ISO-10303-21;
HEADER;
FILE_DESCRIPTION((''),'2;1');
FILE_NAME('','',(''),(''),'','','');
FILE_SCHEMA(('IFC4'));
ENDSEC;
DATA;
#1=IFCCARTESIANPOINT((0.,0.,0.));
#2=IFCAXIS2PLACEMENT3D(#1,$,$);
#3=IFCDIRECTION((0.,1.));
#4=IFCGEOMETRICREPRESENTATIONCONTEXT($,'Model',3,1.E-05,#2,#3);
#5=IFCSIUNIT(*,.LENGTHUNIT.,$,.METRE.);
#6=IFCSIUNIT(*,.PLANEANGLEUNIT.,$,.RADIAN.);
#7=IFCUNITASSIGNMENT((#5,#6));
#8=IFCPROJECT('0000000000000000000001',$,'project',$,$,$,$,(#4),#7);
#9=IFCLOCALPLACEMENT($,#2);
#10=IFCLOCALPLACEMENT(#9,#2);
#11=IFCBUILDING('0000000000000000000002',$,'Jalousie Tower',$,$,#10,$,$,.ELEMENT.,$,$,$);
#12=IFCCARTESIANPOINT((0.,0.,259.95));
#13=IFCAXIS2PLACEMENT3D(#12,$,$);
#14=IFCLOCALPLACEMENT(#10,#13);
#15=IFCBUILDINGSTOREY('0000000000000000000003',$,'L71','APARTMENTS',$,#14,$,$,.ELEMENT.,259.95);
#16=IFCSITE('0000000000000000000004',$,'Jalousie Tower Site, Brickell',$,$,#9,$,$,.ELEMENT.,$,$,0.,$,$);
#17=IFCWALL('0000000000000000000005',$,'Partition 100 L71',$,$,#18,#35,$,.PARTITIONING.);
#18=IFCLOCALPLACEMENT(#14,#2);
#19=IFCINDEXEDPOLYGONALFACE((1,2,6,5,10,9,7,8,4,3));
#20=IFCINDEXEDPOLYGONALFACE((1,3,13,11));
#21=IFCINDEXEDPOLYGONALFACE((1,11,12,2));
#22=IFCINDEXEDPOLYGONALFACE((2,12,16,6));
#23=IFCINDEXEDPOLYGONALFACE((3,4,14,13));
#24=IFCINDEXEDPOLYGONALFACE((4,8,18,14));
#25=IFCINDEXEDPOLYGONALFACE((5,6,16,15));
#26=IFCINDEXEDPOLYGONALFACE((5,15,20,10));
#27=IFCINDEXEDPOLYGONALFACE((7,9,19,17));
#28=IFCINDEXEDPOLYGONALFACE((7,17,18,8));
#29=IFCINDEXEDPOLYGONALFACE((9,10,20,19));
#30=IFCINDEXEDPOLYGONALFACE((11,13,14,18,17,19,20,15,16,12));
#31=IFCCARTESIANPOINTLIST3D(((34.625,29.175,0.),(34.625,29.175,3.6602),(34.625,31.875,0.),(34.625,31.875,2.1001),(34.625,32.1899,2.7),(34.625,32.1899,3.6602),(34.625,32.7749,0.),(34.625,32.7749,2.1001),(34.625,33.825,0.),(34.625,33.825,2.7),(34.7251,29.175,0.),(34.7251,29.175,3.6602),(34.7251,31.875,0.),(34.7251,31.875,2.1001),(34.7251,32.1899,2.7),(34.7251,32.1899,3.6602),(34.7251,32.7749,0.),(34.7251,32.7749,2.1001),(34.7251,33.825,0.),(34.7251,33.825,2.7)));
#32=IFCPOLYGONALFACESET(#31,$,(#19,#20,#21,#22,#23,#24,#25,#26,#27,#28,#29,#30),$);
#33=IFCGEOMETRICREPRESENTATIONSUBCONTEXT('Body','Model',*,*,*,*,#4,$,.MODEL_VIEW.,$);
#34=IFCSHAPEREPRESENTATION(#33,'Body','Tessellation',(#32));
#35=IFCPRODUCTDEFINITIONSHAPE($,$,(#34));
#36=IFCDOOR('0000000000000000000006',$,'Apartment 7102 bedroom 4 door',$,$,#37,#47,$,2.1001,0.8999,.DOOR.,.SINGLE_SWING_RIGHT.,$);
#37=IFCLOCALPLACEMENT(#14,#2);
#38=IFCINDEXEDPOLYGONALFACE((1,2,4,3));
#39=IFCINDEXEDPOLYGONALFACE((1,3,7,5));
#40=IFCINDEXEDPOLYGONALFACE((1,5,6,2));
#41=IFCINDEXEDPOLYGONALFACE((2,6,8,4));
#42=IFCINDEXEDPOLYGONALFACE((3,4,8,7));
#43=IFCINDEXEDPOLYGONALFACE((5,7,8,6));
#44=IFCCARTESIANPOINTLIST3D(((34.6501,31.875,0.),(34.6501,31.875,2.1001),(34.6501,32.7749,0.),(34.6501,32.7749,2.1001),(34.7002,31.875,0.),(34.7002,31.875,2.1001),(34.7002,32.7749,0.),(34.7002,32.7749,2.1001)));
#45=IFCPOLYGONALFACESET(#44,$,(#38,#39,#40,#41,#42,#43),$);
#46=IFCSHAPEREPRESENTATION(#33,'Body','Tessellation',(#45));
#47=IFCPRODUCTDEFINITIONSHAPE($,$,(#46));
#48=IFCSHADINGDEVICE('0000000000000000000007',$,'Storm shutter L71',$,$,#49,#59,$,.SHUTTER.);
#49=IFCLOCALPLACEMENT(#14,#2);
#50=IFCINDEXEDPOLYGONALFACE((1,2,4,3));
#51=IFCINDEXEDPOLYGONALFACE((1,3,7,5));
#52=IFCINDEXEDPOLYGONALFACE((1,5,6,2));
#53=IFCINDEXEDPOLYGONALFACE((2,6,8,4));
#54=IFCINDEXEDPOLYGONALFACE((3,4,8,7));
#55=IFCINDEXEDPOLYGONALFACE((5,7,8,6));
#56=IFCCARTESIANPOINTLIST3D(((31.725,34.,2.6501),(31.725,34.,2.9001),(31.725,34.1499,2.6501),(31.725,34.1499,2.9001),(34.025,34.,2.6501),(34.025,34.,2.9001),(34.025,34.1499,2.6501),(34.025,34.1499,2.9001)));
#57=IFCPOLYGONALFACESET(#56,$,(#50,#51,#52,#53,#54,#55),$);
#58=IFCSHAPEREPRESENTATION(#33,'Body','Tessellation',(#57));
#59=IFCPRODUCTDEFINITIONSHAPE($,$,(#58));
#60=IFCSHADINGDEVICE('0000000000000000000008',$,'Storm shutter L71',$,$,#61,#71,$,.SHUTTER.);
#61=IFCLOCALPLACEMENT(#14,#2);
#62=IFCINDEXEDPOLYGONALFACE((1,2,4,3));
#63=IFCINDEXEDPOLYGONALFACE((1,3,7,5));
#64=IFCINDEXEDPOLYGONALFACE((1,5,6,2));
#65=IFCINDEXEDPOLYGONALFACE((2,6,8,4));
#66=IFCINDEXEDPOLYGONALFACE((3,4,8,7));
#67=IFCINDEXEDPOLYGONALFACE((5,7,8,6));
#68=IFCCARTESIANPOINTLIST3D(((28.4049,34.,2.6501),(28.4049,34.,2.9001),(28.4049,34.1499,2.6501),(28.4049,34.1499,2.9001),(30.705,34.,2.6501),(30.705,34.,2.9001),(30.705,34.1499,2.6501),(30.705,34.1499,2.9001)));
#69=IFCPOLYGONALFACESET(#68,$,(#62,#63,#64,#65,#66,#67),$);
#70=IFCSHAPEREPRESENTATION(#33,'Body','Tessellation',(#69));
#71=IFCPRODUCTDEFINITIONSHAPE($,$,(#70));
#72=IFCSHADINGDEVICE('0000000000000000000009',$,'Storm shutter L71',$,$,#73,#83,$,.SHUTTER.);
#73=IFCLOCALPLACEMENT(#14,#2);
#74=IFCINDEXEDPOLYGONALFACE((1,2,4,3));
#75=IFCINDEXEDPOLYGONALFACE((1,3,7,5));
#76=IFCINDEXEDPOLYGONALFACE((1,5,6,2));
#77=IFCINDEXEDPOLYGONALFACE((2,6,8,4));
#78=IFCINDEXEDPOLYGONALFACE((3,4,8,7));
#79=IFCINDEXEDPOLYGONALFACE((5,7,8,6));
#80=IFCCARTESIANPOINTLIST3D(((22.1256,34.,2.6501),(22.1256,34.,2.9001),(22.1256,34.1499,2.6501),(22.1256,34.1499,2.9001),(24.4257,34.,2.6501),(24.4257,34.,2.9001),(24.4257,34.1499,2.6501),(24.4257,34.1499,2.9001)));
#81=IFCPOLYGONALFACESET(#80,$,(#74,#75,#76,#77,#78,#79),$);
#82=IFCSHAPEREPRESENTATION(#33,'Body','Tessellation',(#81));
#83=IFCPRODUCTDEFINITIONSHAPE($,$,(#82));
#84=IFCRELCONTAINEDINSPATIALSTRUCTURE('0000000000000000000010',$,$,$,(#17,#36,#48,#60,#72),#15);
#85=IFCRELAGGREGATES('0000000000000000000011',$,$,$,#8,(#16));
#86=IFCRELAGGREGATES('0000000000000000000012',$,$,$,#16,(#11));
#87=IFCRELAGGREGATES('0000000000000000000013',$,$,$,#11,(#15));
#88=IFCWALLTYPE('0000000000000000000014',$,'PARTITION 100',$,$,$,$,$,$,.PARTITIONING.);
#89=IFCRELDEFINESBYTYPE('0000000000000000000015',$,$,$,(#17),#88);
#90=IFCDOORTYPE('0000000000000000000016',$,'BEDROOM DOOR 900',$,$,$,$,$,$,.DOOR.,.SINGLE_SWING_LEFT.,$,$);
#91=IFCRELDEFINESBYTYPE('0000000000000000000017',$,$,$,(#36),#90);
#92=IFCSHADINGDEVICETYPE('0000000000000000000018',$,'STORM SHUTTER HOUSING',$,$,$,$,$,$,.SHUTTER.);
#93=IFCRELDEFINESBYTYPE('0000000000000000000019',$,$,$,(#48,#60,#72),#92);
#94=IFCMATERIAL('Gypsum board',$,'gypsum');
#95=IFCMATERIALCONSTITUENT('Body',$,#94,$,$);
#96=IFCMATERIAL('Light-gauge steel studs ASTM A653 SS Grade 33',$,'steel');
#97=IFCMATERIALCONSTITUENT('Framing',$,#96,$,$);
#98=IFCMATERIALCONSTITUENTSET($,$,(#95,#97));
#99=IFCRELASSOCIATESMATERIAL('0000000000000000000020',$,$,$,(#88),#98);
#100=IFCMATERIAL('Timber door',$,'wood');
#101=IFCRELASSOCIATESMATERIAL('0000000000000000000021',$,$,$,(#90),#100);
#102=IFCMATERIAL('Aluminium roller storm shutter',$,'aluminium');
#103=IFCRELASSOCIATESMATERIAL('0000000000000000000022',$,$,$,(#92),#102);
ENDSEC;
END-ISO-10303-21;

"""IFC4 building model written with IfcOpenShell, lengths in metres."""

from ifc_helpers import new_model, si_unit, direction, frame, frame_2d, origin, origin_2d, place, context, subcontext, project, spatial, polyline, rectangle, outline, extrude, material, constituent, constituent_set, type_object, element, fill, save


model = new_model("IFC4")

# Units and contexts
model_context = context("Model", 3, precision=1e-05, world=origin(), true_north=direction((0.0, 1.0)))
body_context = subcontext(model_context, "Body", "Model", "MODEL_VIEW")
ifc_project = project(units=[si_unit("LENGTHUNIT", "METRE"), si_unit("PLANEANGLEUNIT", "RADIAN")], contexts=[model_context])

# Site, building, storey
site_placement = place(None, origin())
site = spatial("IfcSite", under=ifc_project, at=site_placement, Name="Jalousie Tower Site, Brickell", CompositionType="ELEMENT", RefElevation=0.0)
building_placement = place(site_placement, origin())
building = spatial("IfcBuilding", under=site, at=building_placement, Name="Jalousie Tower", CompositionType="ELEMENT")
storey_placement = place(building_placement, frame((0.0, 0.0, 259.95)))
storey = spatial("IfcBuildingStorey", under=building, at=storey_placement, Name="L71", Description="APARTMENTS", CompositionType="ELEMENT", Elevation=259.95)

# Wall, opening, door
ifc_material_1 = material(Name="Gypsum board", Category="gypsum")
ifc_constituent_1 = constituent(ifc_material_1, Name="Body")
ifc_material_2 = material(Name="Light-gauge steel studs ASTM A653 SS Grade 33", Category="steel")
ifc_constituent_2 = constituent(ifc_material_2, Name="Framing")
ifc_constituent_set = constituent_set(constituents=[ifc_constituent_1, ifc_constituent_2])
wall_type = type_object("IfcWallType", Name="PARTITION 100", PredefinedType="PARTITIONING", material=ifc_constituent_set)
ifc_material_3 = material(Name="Timber door", Category="wood")
door_type = type_object("IfcDoorType", Name="BEDROOM DOOR 900", OperationType="SINGLE_SWING_LEFT", PredefinedType="DOOR", material=ifc_material_3)
wall_1_placement = place(storey_placement, frame((34.675, 33.825, 0.0), z_axis=(0.0, 0.0, 1.0), x_axis=(0.0, -1.0, 0.0)))
wall_1 = element("IfcWall", 1, at=wall_1_placement, inside=storey, type_object=wall_type, Name="Partition 100 L71", PredefinedType="PARTITIONING", context=body_context, shape_type="SweptSolid", body=[
    extrude(outline(polyline([(0.0, 0.0), (4.6499, 0.0), (4.6499, 3.6602), (1.635, 3.6602), (1.635, 2.7), (0.0, 2.7), (0.0, 3.6602), (0.0, 0.0)])), frame((0.0, 0.05, 0.0), z_axis=(0.0, -1.0, 0.0), x_axis=(1.0, 0.0, 0.0)), (0.0, 0.0, 1.0), 0.1001),
])
opening_1_placement = place(wall_1_placement, frame((1.05, 0.0, 0.0)))
opening_1 = element("IfcOpeningElement", 2, at=opening_1_placement, cuts=wall_1, PredefinedType="OPENING", context=body_context, shape_type="SweptSolid", body=[
    extrude(rectangle(XDim=0.8999, YDim=2.1001, at=frame_2d((0.45, 1.05))), frame((0.0, 0.0601, 0.0), z_axis=(0.0, -1.0, 0.0), x_axis=(1.0, 0.0, 0.0)), (0.0, 0.0, 1.0), 0.1201),
])
door_1_placement = place(opening_1_placement, frame((0.8999, 0.0, 0.0), z_axis=(0.0, 0.0, 1.0), x_axis=(-1.0, 0.0, 0.0)))
door_1 = element("IfcDoor", 3, at=door_1_placement, inside=storey, type_object=door_type, Name="Apartment 7102 bedroom 4 door", OperationType="SINGLE_SWING_RIGHT", OverallHeight=2.1001, OverallWidth=0.8999, PredefinedType="DOOR", context=body_context, shape_type="SweptSolid", body=[
    extrude(rectangle(XDim=0.8999, YDim=2.1001, at=frame_2d((0.45, 1.05))), frame((0.0, 0.0249, 0.0), z_axis=(0.0, -1.0, 0.0), x_axis=(1.0, 0.0, 0.0)), (0.0, 0.0, 1.0), 0.05),
])
fill(opening_1, door_1)

# Shading devices
ifc_material_4 = material(Name="Aluminium roller storm shutter", Category="aluminium")
shading_device_type = type_object("IfcShadingDeviceType", Name="STORM SHUTTER HOUSING", PredefinedType="SHUTTER", material=ifc_material_4)
for number, where, z_axis, x_axis, name in (
    (4, (32.875, 34.075, 2.6501), (0.0, 0.0, 1.0), (-1.0, 0.0, 0.0), "Storm shutter L71"),
    (5, (29.5549, 34.075, 2.6501), (0.0, 0.0, 1.0), (-1.0, 0.0, 0.0), "Storm shutter L71"),
    (6, (23.2756, 34.075, 2.6501), (0.0, 0.0, 1.0), (-1.0, 0.0, 0.0), "Storm shutter L71"),
):
    element("IfcShadingDevice", number, at=place(storey_placement, frame(where, z_axis=z_axis, x_axis=x_axis)), inside=storey, type_object=shading_device_type, Name=name, PredefinedType="SHUTTER", context=body_context, shape_type="SweptSolid", body=[
        extrude(rectangle(XDim=2.3, YDim=0.1499, at=origin_2d()), origin(), (0.0, 0.0, 1.0), 0.25),
    ])

save(model, "model.ifc")
